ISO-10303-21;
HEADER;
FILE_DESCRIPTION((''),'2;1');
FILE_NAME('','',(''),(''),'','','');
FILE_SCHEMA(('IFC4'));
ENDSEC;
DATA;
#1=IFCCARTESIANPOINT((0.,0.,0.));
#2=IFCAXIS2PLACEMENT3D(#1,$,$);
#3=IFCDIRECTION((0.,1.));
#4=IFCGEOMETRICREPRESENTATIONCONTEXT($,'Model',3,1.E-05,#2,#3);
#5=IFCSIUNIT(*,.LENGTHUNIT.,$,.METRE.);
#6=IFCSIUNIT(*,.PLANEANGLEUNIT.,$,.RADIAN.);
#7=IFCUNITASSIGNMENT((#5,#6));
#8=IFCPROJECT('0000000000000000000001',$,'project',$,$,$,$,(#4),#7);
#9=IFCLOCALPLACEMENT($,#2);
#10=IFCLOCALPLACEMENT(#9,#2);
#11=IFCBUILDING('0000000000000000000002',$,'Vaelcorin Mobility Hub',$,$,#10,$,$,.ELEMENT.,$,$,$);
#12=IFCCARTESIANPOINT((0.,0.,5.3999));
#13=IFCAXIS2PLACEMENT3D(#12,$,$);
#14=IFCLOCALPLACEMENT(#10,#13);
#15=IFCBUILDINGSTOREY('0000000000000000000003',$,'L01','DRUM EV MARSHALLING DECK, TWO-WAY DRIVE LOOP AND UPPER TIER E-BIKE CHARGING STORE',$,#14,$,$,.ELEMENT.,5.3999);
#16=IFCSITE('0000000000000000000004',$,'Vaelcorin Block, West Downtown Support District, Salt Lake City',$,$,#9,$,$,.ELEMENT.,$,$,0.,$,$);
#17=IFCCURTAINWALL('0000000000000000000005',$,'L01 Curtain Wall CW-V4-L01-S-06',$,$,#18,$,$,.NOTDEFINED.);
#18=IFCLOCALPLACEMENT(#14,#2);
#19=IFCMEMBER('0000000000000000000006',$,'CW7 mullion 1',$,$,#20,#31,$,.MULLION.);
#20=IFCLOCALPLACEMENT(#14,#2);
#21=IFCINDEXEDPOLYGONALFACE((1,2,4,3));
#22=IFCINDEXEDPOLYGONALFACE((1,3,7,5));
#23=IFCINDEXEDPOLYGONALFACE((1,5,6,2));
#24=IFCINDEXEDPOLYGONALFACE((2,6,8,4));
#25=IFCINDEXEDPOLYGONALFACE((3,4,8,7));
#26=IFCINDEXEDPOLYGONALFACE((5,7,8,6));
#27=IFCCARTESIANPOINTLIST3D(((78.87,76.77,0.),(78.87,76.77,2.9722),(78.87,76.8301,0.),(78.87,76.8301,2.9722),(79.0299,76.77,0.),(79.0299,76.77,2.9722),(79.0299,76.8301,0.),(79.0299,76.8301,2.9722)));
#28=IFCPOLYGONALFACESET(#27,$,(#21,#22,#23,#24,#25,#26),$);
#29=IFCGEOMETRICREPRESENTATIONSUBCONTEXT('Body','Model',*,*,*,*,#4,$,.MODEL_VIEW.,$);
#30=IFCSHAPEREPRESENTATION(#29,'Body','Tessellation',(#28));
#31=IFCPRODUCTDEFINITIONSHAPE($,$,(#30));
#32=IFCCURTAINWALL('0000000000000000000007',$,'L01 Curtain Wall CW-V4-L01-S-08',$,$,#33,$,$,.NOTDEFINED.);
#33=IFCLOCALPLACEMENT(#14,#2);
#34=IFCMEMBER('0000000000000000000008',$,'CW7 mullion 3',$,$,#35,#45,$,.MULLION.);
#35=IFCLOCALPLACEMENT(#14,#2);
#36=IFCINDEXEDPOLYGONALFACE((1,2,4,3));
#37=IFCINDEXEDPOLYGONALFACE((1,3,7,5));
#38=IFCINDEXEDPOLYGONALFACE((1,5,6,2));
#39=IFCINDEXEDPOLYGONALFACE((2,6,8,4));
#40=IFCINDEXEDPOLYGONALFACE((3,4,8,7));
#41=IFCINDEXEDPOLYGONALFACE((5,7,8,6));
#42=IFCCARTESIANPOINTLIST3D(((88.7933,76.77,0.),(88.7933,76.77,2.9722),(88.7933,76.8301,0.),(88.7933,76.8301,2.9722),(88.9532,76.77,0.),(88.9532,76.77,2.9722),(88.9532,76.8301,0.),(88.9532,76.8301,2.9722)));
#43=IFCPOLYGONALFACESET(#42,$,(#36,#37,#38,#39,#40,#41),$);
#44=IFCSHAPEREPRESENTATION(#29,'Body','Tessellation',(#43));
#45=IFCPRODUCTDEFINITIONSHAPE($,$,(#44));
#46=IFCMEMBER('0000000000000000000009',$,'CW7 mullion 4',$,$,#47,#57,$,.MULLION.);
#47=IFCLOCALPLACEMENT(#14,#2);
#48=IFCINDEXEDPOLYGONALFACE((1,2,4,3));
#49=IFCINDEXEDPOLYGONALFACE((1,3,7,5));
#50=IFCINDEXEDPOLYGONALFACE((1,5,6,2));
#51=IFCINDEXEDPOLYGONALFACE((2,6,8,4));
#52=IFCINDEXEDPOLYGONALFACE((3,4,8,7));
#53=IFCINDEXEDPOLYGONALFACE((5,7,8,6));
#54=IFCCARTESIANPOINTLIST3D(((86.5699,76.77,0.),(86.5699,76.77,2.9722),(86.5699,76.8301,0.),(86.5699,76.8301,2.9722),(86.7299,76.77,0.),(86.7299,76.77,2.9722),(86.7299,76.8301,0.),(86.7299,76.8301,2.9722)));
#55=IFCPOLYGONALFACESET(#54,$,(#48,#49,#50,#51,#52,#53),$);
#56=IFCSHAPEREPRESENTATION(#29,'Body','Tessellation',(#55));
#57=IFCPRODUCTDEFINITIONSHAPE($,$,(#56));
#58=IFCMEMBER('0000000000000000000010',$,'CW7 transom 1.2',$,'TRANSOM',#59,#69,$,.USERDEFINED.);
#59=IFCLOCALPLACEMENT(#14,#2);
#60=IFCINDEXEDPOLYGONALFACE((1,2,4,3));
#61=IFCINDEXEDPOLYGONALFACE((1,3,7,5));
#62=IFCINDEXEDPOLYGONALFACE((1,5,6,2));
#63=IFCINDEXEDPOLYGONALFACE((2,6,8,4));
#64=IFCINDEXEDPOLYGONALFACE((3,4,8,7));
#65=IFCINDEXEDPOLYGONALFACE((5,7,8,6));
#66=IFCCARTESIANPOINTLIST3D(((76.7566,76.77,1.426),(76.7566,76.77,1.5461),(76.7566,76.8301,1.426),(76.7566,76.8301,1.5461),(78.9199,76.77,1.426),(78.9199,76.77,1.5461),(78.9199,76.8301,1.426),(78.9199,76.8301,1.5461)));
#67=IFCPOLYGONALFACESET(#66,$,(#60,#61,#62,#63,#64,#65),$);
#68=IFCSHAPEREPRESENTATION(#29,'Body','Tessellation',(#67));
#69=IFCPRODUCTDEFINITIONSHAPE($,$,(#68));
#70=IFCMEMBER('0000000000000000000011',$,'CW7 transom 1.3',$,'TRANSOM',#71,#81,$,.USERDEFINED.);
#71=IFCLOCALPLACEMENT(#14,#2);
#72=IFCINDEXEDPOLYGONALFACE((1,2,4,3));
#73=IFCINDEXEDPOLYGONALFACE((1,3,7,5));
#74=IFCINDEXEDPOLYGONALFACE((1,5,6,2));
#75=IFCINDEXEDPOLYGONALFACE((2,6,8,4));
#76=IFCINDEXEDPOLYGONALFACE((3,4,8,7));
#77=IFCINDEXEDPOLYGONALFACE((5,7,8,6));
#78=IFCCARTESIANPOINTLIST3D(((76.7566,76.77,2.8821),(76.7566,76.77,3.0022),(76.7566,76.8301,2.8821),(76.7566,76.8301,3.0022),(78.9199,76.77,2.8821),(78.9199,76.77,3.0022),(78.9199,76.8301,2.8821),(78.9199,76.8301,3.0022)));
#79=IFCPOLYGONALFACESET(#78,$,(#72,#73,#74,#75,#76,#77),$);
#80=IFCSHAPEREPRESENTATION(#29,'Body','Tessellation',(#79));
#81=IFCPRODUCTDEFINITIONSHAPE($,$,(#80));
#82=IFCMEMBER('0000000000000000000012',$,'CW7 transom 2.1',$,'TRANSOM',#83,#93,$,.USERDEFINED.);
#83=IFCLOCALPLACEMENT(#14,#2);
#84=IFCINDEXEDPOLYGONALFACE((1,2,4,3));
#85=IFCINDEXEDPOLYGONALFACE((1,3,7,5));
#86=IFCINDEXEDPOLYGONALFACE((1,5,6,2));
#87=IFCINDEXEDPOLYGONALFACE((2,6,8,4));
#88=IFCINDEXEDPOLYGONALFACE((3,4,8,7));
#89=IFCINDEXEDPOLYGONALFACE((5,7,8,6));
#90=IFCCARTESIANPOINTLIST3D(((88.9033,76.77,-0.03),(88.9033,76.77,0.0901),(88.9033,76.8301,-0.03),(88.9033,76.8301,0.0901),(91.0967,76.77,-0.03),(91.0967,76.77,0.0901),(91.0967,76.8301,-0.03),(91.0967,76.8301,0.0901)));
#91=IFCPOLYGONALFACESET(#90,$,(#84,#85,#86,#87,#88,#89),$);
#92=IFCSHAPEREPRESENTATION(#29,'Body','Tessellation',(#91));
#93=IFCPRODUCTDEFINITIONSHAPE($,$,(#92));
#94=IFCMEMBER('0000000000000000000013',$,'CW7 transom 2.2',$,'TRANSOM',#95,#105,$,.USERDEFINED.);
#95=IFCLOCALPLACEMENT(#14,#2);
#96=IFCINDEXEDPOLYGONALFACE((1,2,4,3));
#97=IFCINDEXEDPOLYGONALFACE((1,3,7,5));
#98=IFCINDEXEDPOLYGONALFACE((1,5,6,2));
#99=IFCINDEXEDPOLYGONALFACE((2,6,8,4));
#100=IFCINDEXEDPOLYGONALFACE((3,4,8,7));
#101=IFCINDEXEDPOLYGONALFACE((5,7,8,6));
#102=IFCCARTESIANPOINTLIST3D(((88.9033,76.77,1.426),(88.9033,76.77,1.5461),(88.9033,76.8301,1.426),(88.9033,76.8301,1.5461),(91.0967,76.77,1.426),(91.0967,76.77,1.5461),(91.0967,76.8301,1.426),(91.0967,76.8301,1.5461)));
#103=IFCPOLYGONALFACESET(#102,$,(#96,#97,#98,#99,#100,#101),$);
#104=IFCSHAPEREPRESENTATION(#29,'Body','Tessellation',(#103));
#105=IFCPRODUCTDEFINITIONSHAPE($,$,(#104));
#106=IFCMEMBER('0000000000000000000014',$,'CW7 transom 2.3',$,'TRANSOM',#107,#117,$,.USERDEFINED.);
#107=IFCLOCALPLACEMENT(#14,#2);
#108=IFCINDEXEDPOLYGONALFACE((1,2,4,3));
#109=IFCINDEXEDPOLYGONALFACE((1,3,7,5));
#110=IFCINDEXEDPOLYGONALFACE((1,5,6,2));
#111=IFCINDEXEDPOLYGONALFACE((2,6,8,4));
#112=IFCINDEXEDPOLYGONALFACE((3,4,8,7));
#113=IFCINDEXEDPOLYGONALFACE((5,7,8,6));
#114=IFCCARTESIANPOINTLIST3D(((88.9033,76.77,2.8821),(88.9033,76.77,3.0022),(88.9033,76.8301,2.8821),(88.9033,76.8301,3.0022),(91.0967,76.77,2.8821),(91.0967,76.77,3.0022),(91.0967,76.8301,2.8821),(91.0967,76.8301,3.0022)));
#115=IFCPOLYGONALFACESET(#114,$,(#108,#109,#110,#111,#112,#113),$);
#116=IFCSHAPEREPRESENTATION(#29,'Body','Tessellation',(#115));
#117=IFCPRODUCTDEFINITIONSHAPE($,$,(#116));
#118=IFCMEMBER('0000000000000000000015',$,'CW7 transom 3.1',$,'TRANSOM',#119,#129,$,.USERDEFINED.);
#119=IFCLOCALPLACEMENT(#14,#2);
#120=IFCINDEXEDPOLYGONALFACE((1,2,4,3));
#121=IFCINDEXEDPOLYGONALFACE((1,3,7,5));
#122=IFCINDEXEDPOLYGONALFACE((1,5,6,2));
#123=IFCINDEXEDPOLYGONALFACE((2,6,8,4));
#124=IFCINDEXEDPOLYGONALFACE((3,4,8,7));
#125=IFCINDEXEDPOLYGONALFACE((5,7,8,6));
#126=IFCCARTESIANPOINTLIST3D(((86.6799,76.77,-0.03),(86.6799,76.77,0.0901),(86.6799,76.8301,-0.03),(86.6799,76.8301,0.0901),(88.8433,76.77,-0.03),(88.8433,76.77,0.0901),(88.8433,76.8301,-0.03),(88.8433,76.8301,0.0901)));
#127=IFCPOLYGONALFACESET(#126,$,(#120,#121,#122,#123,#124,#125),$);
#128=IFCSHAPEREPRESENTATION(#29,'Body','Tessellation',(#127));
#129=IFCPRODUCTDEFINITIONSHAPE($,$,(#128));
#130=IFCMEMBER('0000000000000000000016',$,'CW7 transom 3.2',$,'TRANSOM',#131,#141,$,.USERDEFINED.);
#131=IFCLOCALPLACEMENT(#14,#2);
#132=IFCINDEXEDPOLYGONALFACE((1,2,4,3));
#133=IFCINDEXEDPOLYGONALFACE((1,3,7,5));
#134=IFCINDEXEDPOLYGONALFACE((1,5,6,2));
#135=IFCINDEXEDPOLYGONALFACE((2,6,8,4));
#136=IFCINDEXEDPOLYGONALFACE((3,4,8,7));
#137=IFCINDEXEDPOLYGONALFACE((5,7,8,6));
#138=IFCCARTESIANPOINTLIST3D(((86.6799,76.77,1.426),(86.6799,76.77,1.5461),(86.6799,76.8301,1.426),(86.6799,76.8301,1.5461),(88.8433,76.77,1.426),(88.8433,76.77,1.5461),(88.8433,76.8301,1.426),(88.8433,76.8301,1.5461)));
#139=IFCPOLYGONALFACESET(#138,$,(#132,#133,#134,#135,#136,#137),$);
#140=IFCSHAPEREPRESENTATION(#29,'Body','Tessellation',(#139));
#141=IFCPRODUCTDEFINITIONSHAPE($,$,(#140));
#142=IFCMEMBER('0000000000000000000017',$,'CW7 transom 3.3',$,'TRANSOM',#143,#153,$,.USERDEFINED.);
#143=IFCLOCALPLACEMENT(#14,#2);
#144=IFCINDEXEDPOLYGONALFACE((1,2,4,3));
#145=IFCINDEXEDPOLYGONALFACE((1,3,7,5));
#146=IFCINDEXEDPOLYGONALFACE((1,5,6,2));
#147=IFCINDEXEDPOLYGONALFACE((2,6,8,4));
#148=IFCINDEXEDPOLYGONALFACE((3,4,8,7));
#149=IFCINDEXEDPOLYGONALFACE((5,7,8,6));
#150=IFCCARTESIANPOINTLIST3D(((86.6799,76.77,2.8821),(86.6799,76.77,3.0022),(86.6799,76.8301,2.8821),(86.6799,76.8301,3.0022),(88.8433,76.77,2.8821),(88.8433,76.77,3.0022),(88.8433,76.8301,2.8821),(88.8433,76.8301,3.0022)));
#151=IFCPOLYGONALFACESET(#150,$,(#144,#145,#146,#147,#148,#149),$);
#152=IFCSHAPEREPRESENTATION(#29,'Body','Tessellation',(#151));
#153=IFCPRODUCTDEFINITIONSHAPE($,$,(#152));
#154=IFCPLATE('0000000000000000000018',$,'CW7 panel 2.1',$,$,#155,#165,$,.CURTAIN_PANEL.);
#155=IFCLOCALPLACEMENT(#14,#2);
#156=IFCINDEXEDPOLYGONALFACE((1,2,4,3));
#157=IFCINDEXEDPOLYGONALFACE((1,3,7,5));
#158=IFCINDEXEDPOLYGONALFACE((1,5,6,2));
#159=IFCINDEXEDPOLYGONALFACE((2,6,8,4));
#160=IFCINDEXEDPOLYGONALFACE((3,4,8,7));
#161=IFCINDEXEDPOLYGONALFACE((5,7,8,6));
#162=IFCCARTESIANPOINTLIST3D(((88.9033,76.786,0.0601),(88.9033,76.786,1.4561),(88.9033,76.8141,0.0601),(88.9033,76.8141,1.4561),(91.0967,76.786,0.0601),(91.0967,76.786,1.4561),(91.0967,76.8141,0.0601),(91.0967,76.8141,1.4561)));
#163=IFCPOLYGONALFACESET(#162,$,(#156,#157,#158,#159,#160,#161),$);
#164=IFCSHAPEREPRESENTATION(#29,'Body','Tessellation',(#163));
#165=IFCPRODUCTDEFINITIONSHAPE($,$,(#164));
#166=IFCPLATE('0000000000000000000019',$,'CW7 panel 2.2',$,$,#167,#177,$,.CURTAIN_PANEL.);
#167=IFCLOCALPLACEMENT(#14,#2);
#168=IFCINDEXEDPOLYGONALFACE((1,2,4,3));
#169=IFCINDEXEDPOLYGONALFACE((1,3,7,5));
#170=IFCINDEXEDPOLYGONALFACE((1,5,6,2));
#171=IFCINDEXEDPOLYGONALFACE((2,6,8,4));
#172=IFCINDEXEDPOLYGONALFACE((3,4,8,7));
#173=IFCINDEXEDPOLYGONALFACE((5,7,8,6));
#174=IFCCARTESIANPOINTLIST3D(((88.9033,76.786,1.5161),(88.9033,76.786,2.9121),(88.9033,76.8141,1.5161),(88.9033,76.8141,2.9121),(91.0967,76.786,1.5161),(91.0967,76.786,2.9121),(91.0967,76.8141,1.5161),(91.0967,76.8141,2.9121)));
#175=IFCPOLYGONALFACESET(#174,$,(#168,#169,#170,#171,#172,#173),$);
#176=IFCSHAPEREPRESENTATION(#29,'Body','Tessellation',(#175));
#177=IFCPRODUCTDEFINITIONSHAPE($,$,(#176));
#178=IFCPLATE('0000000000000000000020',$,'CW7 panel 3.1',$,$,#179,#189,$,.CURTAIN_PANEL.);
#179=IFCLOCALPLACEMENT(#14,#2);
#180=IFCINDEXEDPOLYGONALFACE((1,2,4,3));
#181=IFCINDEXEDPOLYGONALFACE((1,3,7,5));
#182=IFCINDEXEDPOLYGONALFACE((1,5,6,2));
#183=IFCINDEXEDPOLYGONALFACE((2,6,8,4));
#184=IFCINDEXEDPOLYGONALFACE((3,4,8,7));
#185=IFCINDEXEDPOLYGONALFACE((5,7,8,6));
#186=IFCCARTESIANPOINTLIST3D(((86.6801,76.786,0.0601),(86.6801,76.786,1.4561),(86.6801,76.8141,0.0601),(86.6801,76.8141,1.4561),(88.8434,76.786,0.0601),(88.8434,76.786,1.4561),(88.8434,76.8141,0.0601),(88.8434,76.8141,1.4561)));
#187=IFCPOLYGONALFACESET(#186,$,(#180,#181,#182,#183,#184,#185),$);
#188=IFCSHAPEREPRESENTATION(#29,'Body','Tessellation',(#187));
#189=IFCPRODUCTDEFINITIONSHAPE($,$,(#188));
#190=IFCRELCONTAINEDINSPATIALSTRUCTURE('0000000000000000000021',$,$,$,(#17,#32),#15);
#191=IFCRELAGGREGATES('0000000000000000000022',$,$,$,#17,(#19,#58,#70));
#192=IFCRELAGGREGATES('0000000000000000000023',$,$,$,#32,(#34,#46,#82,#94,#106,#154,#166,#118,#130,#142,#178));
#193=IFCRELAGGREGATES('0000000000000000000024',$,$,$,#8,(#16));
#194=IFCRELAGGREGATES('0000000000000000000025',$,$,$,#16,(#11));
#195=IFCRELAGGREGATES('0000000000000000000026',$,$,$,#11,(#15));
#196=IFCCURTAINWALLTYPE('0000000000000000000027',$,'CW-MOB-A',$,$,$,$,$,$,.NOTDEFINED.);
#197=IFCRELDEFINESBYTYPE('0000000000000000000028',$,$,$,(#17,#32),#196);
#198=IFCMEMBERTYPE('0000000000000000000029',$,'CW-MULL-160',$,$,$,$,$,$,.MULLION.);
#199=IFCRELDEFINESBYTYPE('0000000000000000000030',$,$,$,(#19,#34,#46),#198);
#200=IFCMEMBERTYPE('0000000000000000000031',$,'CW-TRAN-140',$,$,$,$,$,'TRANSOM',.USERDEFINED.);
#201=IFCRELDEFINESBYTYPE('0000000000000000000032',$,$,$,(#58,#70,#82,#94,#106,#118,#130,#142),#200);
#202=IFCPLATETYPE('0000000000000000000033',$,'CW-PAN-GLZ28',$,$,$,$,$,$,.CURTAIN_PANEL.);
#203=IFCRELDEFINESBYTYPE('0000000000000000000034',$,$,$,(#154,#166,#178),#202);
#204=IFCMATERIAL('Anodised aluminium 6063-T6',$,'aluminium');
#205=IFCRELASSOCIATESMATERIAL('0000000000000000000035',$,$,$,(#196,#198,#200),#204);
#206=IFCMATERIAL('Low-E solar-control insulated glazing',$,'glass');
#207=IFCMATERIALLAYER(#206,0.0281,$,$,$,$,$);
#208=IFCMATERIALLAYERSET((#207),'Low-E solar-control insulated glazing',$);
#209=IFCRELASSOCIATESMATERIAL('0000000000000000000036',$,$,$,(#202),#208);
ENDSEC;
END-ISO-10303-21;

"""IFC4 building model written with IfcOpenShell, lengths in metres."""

from ifc_helpers import new_model, si_unit, direction, frame, origin, origin_2d, place, context, subcontext, project, spatial, rectangle, extrude, material, layer, layer_set, material_profile, profile_set, type_object, element, aggregate, save


model = new_model("IFC4")

# Units and contexts
model_context = context("Model", 3, precision=1e-05, world=origin(), true_north=direction((0.0, 1.0)))
body_context = subcontext(model_context, "Body", "Model", "MODEL_VIEW")
ifc_project = project(units=[si_unit("LENGTHUNIT", "METRE"), si_unit("PLANEANGLEUNIT", "RADIAN")], contexts=[model_context])

# Site, building, storey
site_placement = place(None, origin())
site = spatial("IfcSite", under=ifc_project, at=site_placement, Name="Vaelcorin Block, West Downtown Support District, Salt Lake City", CompositionType="ELEMENT", RefElevation=0.0)
building_placement = place(site_placement, origin())
building = spatial("IfcBuilding", under=site, at=building_placement, Name="Vaelcorin Mobility Hub", CompositionType="ELEMENT")
storey_placement = place(building_placement, frame((0.0, 0.0, 5.3999)))
storey = spatial("IfcBuildingStorey", under=building, at=storey_placement, Name="L01", Description="DRUM EV MARSHALLING DECK, TWO-WAY DRIVE LOOP AND UPPER TIER E-BIKE CHARGING STORE", CompositionType="ELEMENT", Elevation=5.3999)

# Curtain wall, member
ifc_material_1 = material(Name="Anodised aluminium 6063-T6", Category="aluminium")
curtain_wall_type = type_object("IfcCurtainWallType", Name="CW-MOB-A", PredefinedType="NOTDEFINED", material=ifc_material_1)
curtain_wall_1_placement = place(storey_placement, origin())
curtain_wall_1 = element("IfcCurtainWall", 1, at=curtain_wall_1_placement, inside=storey, type_object=curtain_wall_type, Name="L01 Curtain Wall CW-V4-L01-S-06", PredefinedType="NOTDEFINED")
ifc_material_profile_1 = material_profile(ifc_material_1, rectangle(XDim=0.0601, YDim=0.1599, at=origin_2d()), Name="ALU-M60X160")
ifc_profile_set_1 = profile_set([ifc_material_profile_1], Name="Anodised aluminium 6063-T6")
member_type_1 = type_object("IfcMemberType", Name="CW-MULL-160", PredefinedType="MULLION", material=ifc_profile_set_1)
member_1_placement = place(storey_placement, frame((78.95, 76.8, 0.0), z_axis=(0.0, 0.0, 1.0), x_axis=(0.0, -1.0, 0.0)))
member_1 = element("IfcMember", 2, at=member_1_placement, type_object=member_type_1, Name="CW7 mullion 1", PredefinedType="MULLION", context=body_context, shape_type="SweptSolid", body=[
    extrude(rectangle(XDim=0.0601, YDim=0.1599, at=origin_2d()), origin(), (0.0, 0.0, 1.0), 2.9722),
])

# Curtain wall, members
curtain_wall_2_placement = place(storey_placement, origin())
curtain_wall_2 = element("IfcCurtainWall", 3, at=curtain_wall_2_placement, inside=storey, type_object=curtain_wall_type, Name="L01 Curtain Wall CW-V4-L01-S-08", PredefinedType="NOTDEFINED")
member_2_placement = place(storey_placement, frame((88.8733, 76.8, 0.0), z_axis=(0.0, 0.0, 1.0), x_axis=(0.0, -1.0, 0.0)))
member_2 = element("IfcMember", 4, at=member_2_placement, type_object=member_type_1, Name="CW7 mullion 3", PredefinedType="MULLION", context=body_context, shape_type="SweptSolid", body=[
    extrude(rectangle(XDim=0.0601, YDim=0.1599, at=origin_2d()), origin(), (0.0, 0.0, 1.0), 2.9722),
])
member_3_placement = place(storey_placement, frame((86.6499, 76.8, 0.0), z_axis=(0.0, 0.0, 1.0), x_axis=(0.0, -1.0, 0.0)))
member_3 = element("IfcMember", 5, at=member_3_placement, type_object=member_type_1, Name="CW7 mullion 4", PredefinedType="MULLION", context=body_context, shape_type="SweptSolid", body=[
    extrude(rectangle(XDim=0.0601, YDim=0.1599, at=origin_2d()), origin(), (0.0, 0.0, 1.0), 2.9722),
])

# Members
ifc_material_profile_2 = material_profile(ifc_material_1, rectangle(XDim=0.0601, YDim=0.1201, at=origin_2d()), Name="ALU-T60X120")
ifc_profile_set_2 = profile_set([ifc_material_profile_2], Name="Anodised aluminium 6063-T6")
member_type_2 = type_object("IfcMemberType", Name="CW-TRAN-140", ElementType="TRANSOM", PredefinedType="USERDEFINED", material=ifc_profile_set_2)
member_4_placement = place(storey_placement, frame((78.9199, 76.8, 1.4861), z_axis=(-1.0, 0.0, 0.0), x_axis=(0.0, -1.0, 0.0)))
member_4 = element("IfcMember", 6, at=member_4_placement, type_object=member_type_2, Name="CW7 transom 1.2", ObjectType="TRANSOM", PredefinedType="USERDEFINED", context=body_context, shape_type="SweptSolid", body=[
    extrude(rectangle(XDim=0.0601, YDim=0.1201, at=origin_2d()), origin(), (0.0, 0.0, 1.0), 2.1633),
])
member_5_placement = place(storey_placement, frame((78.9199, 76.8, 2.9421), z_axis=(-1.0, 0.0, 0.0), x_axis=(0.0, -1.0, 0.0)))
member_5 = element("IfcMember", 7, at=member_5_placement, type_object=member_type_2, Name="CW7 transom 1.3", ObjectType="TRANSOM", PredefinedType="USERDEFINED", context=body_context, shape_type="SweptSolid", body=[
    extrude(rectangle(XDim=0.0601, YDim=0.1201, at=origin_2d()), origin(), (0.0, 0.0, 1.0), 2.1633),
])
aggregate(curtain_wall_1, [member_1, member_4, member_5])
member_6_placement = place(storey_placement, frame((91.0967, 76.8, 0.03), z_axis=(-1.0, 0.0, 0.0), x_axis=(0.0, -1.0, 0.0)))
member_6 = element("IfcMember", 8, at=member_6_placement, type_object=member_type_2, Name="CW7 transom 2.1", ObjectType="TRANSOM", PredefinedType="USERDEFINED", context=body_context, shape_type="SweptSolid", body=[
    extrude(rectangle(XDim=0.0601, YDim=0.1201, at=origin_2d()), origin(), (0.0, 0.0, 1.0), 2.1934),
])
member_7_placement = place(storey_placement, frame((91.0967, 76.8, 1.4861), z_axis=(-1.0, 0.0, 0.0), x_axis=(0.0, -1.0, 0.0)))
member_7 = element("IfcMember", 9, at=member_7_placement, type_object=member_type_2, Name="CW7 transom 2.2", ObjectType="TRANSOM", PredefinedType="USERDEFINED", context=body_context, shape_type="SweptSolid", body=[
    extrude(rectangle(XDim=0.0601, YDim=0.1201, at=origin_2d()), origin(), (0.0, 0.0, 1.0), 2.1934),
])
member_8_placement = place(storey_placement, frame((91.0967, 76.8, 2.9421), z_axis=(-1.0, 0.0, 0.0), x_axis=(0.0, -1.0, 0.0)))
member_8 = element("IfcMember", 10, at=member_8_placement, type_object=member_type_2, Name="CW7 transom 2.3", ObjectType="TRANSOM", PredefinedType="USERDEFINED", context=body_context, shape_type="SweptSolid", body=[
    extrude(rectangle(XDim=0.0601, YDim=0.1201, at=origin_2d()), origin(), (0.0, 0.0, 1.0), 2.1934),
])
member_9_placement = place(storey_placement, frame((88.8433, 76.8, 0.03), z_axis=(-1.0, 0.0, 0.0), x_axis=(0.0, -1.0, 0.0)))
member_9 = element("IfcMember", 11, at=member_9_placement, type_object=member_type_2, Name="CW7 transom 3.1", ObjectType="TRANSOM", PredefinedType="USERDEFINED", context=body_context, shape_type="SweptSolid", body=[
    extrude(rectangle(XDim=0.0601, YDim=0.1201, at=origin_2d()), origin(), (0.0, 0.0, 1.0), 2.1633),
])
member_10_placement = place(storey_placement, frame((88.8433, 76.8, 1.4861), z_axis=(-1.0, 0.0, 0.0), x_axis=(0.0, -1.0, 0.0)))
member_10 = element("IfcMember", 12, at=member_10_placement, type_object=member_type_2, Name="CW7 transom 3.2", ObjectType="TRANSOM", PredefinedType="USERDEFINED", context=body_context, shape_type="SweptSolid", body=[
    extrude(rectangle(XDim=0.0601, YDim=0.1201, at=origin_2d()), origin(), (0.0, 0.0, 1.0), 2.1633),
])
member_11_placement = place(storey_placement, frame((88.8433, 76.8, 2.9421), z_axis=(-1.0, 0.0, 0.0), x_axis=(0.0, -1.0, 0.0)))
member_11 = element("IfcMember", 13, at=member_11_placement, type_object=member_type_2, Name="CW7 transom 3.3", ObjectType="TRANSOM", PredefinedType="USERDEFINED", context=body_context, shape_type="SweptSolid", body=[
    extrude(rectangle(XDim=0.0601, YDim=0.1201, at=origin_2d()), origin(), (0.0, 0.0, 1.0), 2.1633),
])

# Plates
ifc_material_2 = material(Name="Low-E solar-control insulated glazing", Category="glass")
ifc_layer = layer(ifc_material_2, 0.0281)
ifc_layer_set = layer_set([ifc_layer], Name="Low-E solar-control insulated glazing")
plate_type = type_object("IfcPlateType", Name="CW-PAN-GLZ28", PredefinedType="CURTAIN_PANEL", material=ifc_layer_set)
plate_1_placement = place(storey_placement, frame((90.0, 76.8, 0.0601), z_axis=(0.0, 0.0, 1.0), x_axis=(-1.0, 0.0, 0.0)))
plate_1 = element("IfcPlate", 14, at=plate_1_placement, type_object=plate_type, Name="CW7 panel 2.1", PredefinedType="CURTAIN_PANEL", context=body_context, shape_type="SweptSolid", body=[
    extrude(rectangle(XDim=2.1934, YDim=0.0281, at=origin_2d()), origin(), (0.0, 0.0, 1.0), 1.396),
])
plate_2_placement = place(storey_placement, frame((90.0, 76.8, 1.5161), z_axis=(0.0, 0.0, 1.0), x_axis=(-1.0, 0.0, 0.0)))
plate_2 = element("IfcPlate", 15, at=plate_2_placement, type_object=plate_type, Name="CW7 panel 2.2", PredefinedType="CURTAIN_PANEL", context=body_context, shape_type="SweptSolid", body=[
    extrude(rectangle(XDim=2.1934, YDim=0.0281, at=origin_2d()), origin(), (0.0, 0.0, 1.0), 1.396),
])
plate_3_placement = place(storey_placement, frame((87.7617, 76.8, 0.0601), z_axis=(0.0, 0.0, 1.0), x_axis=(-1.0, 0.0, 0.0)))
plate_3 = element("IfcPlate", 16, at=plate_3_placement, type_object=plate_type, Name="CW7 panel 3.1", PredefinedType="CURTAIN_PANEL", context=body_context, shape_type="SweptSolid", body=[
    extrude(rectangle(XDim=2.1633, YDim=0.0281, at=origin_2d()), origin(), (0.0, 0.0, 1.0), 1.396),
])
aggregate(curtain_wall_2, [member_2, member_3, member_6, member_7, member_8, plate_1, plate_2, member_9, member_10, member_11, plate_3])

save(model, "model.ifc")
